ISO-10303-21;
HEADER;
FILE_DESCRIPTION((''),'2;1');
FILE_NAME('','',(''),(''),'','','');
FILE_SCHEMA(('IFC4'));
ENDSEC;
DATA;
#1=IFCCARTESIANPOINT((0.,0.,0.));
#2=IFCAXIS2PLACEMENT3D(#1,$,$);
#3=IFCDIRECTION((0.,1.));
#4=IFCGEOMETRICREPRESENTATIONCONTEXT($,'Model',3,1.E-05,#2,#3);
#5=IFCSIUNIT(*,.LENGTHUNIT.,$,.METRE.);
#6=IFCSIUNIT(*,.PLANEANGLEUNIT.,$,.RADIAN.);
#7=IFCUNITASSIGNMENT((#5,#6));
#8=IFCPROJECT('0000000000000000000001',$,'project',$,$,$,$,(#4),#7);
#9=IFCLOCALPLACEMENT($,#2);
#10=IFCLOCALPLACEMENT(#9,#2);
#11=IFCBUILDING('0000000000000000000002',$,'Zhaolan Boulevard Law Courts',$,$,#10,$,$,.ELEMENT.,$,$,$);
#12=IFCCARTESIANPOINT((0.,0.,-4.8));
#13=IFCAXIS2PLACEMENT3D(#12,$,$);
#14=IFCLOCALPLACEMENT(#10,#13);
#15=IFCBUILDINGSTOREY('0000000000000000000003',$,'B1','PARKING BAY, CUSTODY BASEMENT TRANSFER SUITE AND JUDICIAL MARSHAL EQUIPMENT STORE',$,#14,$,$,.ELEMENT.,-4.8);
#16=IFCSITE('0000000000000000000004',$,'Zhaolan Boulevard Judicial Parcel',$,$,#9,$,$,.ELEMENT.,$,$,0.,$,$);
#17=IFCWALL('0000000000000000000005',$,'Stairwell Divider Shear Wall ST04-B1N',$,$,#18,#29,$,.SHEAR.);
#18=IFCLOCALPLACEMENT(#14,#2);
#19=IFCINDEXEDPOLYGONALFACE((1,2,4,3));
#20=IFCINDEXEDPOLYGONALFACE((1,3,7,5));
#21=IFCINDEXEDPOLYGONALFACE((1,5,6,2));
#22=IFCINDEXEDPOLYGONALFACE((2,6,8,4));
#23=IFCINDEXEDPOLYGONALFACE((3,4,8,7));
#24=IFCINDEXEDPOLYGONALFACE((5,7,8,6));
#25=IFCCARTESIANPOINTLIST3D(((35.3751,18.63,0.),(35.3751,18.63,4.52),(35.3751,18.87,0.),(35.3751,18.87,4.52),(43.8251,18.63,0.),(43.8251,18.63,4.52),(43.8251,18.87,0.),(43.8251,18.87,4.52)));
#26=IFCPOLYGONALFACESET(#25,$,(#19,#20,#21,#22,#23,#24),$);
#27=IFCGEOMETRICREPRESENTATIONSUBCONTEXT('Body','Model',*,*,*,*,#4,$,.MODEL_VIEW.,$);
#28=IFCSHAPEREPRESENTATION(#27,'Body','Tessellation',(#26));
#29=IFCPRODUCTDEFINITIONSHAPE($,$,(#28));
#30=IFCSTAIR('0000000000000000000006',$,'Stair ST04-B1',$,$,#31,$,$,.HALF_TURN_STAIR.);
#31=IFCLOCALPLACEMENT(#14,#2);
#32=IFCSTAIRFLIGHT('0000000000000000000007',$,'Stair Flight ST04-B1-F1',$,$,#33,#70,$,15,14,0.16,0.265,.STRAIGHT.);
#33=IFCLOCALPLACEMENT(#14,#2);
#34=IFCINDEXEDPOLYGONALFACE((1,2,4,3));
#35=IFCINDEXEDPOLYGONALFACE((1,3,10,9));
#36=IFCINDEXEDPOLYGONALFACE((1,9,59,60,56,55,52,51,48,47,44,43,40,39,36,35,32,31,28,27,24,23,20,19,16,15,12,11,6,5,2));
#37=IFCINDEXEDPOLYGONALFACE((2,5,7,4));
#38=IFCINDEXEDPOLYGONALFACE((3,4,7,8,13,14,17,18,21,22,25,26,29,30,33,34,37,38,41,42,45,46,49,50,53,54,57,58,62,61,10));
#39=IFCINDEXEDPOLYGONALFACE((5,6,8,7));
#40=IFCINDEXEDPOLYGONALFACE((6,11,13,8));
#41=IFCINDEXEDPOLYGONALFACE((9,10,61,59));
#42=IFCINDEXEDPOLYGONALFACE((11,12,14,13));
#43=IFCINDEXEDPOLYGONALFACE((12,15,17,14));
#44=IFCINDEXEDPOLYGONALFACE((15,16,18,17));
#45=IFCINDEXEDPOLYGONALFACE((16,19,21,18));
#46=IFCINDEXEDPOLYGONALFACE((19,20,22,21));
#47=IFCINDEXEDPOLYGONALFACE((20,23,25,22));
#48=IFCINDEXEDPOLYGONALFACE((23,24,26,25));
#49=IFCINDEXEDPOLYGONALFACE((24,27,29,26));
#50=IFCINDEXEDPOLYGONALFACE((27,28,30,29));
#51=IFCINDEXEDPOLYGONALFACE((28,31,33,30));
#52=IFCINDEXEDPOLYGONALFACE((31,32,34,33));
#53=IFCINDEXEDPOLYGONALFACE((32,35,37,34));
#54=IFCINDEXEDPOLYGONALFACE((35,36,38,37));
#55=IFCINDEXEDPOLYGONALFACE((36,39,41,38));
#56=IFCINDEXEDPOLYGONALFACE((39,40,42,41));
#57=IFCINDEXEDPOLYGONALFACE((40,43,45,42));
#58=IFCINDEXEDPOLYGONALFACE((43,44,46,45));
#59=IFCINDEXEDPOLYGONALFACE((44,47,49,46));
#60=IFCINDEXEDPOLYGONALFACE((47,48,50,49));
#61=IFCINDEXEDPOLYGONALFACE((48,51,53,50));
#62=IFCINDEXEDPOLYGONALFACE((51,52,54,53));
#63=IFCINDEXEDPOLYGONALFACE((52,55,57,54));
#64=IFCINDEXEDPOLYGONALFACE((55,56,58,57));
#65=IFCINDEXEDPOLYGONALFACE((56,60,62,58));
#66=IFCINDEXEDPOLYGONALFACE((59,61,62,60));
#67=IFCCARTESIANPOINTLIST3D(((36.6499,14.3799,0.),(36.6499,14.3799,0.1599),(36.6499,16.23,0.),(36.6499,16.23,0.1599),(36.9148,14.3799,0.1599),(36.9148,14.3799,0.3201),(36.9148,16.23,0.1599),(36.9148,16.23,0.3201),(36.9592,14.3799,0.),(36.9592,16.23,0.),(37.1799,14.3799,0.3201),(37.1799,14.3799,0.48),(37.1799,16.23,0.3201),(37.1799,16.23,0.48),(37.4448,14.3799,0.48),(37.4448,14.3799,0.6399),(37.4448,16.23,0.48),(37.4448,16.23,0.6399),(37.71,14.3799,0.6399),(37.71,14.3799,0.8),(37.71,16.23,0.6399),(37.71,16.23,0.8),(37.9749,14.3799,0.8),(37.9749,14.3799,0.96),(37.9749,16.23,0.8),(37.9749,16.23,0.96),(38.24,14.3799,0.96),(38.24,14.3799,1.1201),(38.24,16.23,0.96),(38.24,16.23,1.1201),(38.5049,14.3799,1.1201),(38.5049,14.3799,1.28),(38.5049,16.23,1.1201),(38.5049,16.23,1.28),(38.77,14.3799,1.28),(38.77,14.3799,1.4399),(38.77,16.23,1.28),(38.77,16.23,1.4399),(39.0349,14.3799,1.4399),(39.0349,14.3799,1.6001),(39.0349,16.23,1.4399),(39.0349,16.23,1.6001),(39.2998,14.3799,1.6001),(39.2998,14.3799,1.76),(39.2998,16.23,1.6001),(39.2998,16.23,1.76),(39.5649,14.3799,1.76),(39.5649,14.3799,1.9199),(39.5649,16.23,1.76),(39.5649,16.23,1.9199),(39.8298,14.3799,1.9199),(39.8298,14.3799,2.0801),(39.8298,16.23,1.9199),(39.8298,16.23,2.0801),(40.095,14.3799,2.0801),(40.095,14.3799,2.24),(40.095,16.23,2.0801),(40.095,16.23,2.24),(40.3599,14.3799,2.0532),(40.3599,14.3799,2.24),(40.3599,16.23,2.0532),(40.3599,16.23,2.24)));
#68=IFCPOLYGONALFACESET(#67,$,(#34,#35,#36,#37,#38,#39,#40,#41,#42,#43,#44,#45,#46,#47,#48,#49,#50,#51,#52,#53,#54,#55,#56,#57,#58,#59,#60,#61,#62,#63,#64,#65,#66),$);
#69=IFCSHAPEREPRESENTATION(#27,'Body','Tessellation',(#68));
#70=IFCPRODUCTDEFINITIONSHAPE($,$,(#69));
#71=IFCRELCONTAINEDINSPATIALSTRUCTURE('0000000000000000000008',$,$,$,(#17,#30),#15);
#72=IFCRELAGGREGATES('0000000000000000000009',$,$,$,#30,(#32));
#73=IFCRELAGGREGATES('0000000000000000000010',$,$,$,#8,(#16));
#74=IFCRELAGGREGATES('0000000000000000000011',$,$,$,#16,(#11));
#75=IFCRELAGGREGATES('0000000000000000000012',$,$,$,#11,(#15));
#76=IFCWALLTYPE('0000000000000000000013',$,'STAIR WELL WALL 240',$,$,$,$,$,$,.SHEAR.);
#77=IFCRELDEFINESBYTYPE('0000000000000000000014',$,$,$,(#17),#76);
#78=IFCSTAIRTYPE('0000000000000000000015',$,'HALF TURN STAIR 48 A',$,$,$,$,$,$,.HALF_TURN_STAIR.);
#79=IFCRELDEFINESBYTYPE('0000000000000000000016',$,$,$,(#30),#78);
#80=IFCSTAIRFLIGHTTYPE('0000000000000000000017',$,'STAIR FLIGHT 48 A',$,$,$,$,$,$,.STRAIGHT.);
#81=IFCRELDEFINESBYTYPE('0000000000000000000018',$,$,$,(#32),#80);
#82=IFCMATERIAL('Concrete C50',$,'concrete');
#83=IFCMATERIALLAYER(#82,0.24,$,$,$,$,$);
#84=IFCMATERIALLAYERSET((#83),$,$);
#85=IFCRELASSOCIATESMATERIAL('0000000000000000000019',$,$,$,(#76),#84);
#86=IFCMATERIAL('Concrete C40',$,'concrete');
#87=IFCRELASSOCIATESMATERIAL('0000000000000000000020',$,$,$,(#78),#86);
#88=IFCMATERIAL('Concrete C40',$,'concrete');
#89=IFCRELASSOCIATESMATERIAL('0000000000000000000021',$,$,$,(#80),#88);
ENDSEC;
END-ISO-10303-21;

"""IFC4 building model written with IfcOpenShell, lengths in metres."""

from ifc_helpers import new_model, si_unit, direction, frame, frame_2d, origin, place, context, subcontext, project, spatial, polyline, rectangle, outline, extrude, material, layer, layer_set, type_object, element, aggregate, save


model = new_model("IFC4")

# Units and contexts
model_context = context("Model", 3, precision=1e-05, world=origin(), true_north=direction((0.0, 1.0)))
body_context = subcontext(model_context, "Body", "Model", "MODEL_VIEW")
ifc_project = project(units=[si_unit("LENGTHUNIT", "METRE"), si_unit("PLANEANGLEUNIT", "RADIAN")], contexts=[model_context])

# Site, building, storey
site_placement = place(None, origin())
site = spatial("IfcSite", under=ifc_project, at=site_placement, Name="Zhaolan Boulevard Judicial Parcel", CompositionType="ELEMENT", RefElevation=0.0)
building_placement = place(site_placement, origin())
building = spatial("IfcBuilding", under=site, at=building_placement, Name="Zhaolan Boulevard Law Courts", CompositionType="ELEMENT")
storey_placement = place(building_placement, frame((0.0, 0.0, -4.8)))
storey = spatial("IfcBuildingStorey", under=building, at=storey_placement, Name="B1", Description="PARKING BAY, CUSTODY BASEMENT TRANSFER SUITE AND JUDICIAL MARSHAL EQUIPMENT STORE", CompositionType="ELEMENT", Elevation=-4.8)

# Wall
ifc_material_1 = material(Name="Concrete C50", Category="concrete")
ifc_layer_1 = layer(ifc_material_1, 0.24)
ifc_layer_set_1 = layer_set([ifc_layer_1])
wall_type_1 = type_object("IfcWallType", Name="STAIR WELL WALL 240", PredefinedType="SHEAR", material=ifc_layer_set_1)
wall_1_placement = place(storey_placement, frame((35.375, 18.75, 0.0), z_axis=(0.0, 0.0, 1.0), x_axis=(1.0, 0.0, 0.0)))
element("IfcWall", 1, at=wall_1_placement, inside=storey, type_object=wall_type_1, Name="Stairwell Divider Shear Wall ST04-B1N", PredefinedType="SHEAR", context=body_context, shape_type="SweptSolid", body=[
    extrude(rectangle(XDim=8.45, YDim=0.24, at=frame_2d((4.2251, 0.0))), origin(), (0.0, 0.0, 1.0), 4.52),
])

# Stair, stair flight
ifc_material_2 = material(Name="Concrete C40", Category="concrete")
stair_type = type_object("IfcStairType", Name="HALF TURN STAIR 48 A", PredefinedType="HALF_TURN_STAIR", material=ifc_material_2)
stair_placement = place(storey_placement, origin())
stair = element("IfcStair", 2, at=stair_placement, inside=storey, type_object=stair_type, Name="Stair ST04-B1", PredefinedType="HALF_TURN_STAIR")
ifc_material_3 = material(Name="Concrete C40", Category="concrete")
stair_flight_type = type_object("IfcStairFlightType", Name="STAIR FLIGHT 48 A", PredefinedType="STRAIGHT", material=ifc_material_3)
stair_flight_placement = place(storey_placement, frame((36.6499, 15.3049, 0.0), z_axis=(0.0, 0.0, 1.0), x_axis=(1.0, 0.0, 0.0)))
stair_flight = element("IfcStairFlight", 3, at=stair_flight_placement, type_object=stair_flight_type, Name="Stair Flight ST04-B1-F1", NumberOfRisers=15, NumberOfTreads=14, PredefinedType="STRAIGHT", RiserHeight=0.16, TreadLength=0.265, context=body_context, shape_type="SweptSolid", body=[
    extrude(outline(polyline([(0.0, 0.0), (0.0, 0.1599), (0.2649, 0.1599), (0.2649, 0.3201), (0.53, 0.3201), (0.53, 0.48), (0.7949, 0.48), (0.7949, 0.6399), (1.0601, 0.6399), (1.0601, 0.8), (1.325, 0.8), (1.325, 0.96), (1.5901, 0.96), (1.5901, 1.1201), (1.855, 1.1201), (1.855, 1.28), (2.1201, 1.28), (2.1201, 1.4399), (2.385, 1.4399), (2.385, 1.6001), (2.6499, 1.6001), (2.6499, 1.76), (2.915, 1.76), (2.915, 1.9199), (3.1799, 1.9199), (3.1799, 2.0801), (3.4451, 2.0801), (3.4451, 2.24), (3.71, 2.24), (3.71, 2.3999), (3.71, 2.0532), (0.3093, 0.0), (0.0, 0.0)])), frame((0.0, 0.925, 0.0), z_axis=(0.0, -1.0, 0.0), x_axis=(1.0, 0.0, 0.0)), (0.0, 0.0, 1.0), 1.8501),
])
aggregate(stair, [stair_flight])

save(model, "model.ifc")
